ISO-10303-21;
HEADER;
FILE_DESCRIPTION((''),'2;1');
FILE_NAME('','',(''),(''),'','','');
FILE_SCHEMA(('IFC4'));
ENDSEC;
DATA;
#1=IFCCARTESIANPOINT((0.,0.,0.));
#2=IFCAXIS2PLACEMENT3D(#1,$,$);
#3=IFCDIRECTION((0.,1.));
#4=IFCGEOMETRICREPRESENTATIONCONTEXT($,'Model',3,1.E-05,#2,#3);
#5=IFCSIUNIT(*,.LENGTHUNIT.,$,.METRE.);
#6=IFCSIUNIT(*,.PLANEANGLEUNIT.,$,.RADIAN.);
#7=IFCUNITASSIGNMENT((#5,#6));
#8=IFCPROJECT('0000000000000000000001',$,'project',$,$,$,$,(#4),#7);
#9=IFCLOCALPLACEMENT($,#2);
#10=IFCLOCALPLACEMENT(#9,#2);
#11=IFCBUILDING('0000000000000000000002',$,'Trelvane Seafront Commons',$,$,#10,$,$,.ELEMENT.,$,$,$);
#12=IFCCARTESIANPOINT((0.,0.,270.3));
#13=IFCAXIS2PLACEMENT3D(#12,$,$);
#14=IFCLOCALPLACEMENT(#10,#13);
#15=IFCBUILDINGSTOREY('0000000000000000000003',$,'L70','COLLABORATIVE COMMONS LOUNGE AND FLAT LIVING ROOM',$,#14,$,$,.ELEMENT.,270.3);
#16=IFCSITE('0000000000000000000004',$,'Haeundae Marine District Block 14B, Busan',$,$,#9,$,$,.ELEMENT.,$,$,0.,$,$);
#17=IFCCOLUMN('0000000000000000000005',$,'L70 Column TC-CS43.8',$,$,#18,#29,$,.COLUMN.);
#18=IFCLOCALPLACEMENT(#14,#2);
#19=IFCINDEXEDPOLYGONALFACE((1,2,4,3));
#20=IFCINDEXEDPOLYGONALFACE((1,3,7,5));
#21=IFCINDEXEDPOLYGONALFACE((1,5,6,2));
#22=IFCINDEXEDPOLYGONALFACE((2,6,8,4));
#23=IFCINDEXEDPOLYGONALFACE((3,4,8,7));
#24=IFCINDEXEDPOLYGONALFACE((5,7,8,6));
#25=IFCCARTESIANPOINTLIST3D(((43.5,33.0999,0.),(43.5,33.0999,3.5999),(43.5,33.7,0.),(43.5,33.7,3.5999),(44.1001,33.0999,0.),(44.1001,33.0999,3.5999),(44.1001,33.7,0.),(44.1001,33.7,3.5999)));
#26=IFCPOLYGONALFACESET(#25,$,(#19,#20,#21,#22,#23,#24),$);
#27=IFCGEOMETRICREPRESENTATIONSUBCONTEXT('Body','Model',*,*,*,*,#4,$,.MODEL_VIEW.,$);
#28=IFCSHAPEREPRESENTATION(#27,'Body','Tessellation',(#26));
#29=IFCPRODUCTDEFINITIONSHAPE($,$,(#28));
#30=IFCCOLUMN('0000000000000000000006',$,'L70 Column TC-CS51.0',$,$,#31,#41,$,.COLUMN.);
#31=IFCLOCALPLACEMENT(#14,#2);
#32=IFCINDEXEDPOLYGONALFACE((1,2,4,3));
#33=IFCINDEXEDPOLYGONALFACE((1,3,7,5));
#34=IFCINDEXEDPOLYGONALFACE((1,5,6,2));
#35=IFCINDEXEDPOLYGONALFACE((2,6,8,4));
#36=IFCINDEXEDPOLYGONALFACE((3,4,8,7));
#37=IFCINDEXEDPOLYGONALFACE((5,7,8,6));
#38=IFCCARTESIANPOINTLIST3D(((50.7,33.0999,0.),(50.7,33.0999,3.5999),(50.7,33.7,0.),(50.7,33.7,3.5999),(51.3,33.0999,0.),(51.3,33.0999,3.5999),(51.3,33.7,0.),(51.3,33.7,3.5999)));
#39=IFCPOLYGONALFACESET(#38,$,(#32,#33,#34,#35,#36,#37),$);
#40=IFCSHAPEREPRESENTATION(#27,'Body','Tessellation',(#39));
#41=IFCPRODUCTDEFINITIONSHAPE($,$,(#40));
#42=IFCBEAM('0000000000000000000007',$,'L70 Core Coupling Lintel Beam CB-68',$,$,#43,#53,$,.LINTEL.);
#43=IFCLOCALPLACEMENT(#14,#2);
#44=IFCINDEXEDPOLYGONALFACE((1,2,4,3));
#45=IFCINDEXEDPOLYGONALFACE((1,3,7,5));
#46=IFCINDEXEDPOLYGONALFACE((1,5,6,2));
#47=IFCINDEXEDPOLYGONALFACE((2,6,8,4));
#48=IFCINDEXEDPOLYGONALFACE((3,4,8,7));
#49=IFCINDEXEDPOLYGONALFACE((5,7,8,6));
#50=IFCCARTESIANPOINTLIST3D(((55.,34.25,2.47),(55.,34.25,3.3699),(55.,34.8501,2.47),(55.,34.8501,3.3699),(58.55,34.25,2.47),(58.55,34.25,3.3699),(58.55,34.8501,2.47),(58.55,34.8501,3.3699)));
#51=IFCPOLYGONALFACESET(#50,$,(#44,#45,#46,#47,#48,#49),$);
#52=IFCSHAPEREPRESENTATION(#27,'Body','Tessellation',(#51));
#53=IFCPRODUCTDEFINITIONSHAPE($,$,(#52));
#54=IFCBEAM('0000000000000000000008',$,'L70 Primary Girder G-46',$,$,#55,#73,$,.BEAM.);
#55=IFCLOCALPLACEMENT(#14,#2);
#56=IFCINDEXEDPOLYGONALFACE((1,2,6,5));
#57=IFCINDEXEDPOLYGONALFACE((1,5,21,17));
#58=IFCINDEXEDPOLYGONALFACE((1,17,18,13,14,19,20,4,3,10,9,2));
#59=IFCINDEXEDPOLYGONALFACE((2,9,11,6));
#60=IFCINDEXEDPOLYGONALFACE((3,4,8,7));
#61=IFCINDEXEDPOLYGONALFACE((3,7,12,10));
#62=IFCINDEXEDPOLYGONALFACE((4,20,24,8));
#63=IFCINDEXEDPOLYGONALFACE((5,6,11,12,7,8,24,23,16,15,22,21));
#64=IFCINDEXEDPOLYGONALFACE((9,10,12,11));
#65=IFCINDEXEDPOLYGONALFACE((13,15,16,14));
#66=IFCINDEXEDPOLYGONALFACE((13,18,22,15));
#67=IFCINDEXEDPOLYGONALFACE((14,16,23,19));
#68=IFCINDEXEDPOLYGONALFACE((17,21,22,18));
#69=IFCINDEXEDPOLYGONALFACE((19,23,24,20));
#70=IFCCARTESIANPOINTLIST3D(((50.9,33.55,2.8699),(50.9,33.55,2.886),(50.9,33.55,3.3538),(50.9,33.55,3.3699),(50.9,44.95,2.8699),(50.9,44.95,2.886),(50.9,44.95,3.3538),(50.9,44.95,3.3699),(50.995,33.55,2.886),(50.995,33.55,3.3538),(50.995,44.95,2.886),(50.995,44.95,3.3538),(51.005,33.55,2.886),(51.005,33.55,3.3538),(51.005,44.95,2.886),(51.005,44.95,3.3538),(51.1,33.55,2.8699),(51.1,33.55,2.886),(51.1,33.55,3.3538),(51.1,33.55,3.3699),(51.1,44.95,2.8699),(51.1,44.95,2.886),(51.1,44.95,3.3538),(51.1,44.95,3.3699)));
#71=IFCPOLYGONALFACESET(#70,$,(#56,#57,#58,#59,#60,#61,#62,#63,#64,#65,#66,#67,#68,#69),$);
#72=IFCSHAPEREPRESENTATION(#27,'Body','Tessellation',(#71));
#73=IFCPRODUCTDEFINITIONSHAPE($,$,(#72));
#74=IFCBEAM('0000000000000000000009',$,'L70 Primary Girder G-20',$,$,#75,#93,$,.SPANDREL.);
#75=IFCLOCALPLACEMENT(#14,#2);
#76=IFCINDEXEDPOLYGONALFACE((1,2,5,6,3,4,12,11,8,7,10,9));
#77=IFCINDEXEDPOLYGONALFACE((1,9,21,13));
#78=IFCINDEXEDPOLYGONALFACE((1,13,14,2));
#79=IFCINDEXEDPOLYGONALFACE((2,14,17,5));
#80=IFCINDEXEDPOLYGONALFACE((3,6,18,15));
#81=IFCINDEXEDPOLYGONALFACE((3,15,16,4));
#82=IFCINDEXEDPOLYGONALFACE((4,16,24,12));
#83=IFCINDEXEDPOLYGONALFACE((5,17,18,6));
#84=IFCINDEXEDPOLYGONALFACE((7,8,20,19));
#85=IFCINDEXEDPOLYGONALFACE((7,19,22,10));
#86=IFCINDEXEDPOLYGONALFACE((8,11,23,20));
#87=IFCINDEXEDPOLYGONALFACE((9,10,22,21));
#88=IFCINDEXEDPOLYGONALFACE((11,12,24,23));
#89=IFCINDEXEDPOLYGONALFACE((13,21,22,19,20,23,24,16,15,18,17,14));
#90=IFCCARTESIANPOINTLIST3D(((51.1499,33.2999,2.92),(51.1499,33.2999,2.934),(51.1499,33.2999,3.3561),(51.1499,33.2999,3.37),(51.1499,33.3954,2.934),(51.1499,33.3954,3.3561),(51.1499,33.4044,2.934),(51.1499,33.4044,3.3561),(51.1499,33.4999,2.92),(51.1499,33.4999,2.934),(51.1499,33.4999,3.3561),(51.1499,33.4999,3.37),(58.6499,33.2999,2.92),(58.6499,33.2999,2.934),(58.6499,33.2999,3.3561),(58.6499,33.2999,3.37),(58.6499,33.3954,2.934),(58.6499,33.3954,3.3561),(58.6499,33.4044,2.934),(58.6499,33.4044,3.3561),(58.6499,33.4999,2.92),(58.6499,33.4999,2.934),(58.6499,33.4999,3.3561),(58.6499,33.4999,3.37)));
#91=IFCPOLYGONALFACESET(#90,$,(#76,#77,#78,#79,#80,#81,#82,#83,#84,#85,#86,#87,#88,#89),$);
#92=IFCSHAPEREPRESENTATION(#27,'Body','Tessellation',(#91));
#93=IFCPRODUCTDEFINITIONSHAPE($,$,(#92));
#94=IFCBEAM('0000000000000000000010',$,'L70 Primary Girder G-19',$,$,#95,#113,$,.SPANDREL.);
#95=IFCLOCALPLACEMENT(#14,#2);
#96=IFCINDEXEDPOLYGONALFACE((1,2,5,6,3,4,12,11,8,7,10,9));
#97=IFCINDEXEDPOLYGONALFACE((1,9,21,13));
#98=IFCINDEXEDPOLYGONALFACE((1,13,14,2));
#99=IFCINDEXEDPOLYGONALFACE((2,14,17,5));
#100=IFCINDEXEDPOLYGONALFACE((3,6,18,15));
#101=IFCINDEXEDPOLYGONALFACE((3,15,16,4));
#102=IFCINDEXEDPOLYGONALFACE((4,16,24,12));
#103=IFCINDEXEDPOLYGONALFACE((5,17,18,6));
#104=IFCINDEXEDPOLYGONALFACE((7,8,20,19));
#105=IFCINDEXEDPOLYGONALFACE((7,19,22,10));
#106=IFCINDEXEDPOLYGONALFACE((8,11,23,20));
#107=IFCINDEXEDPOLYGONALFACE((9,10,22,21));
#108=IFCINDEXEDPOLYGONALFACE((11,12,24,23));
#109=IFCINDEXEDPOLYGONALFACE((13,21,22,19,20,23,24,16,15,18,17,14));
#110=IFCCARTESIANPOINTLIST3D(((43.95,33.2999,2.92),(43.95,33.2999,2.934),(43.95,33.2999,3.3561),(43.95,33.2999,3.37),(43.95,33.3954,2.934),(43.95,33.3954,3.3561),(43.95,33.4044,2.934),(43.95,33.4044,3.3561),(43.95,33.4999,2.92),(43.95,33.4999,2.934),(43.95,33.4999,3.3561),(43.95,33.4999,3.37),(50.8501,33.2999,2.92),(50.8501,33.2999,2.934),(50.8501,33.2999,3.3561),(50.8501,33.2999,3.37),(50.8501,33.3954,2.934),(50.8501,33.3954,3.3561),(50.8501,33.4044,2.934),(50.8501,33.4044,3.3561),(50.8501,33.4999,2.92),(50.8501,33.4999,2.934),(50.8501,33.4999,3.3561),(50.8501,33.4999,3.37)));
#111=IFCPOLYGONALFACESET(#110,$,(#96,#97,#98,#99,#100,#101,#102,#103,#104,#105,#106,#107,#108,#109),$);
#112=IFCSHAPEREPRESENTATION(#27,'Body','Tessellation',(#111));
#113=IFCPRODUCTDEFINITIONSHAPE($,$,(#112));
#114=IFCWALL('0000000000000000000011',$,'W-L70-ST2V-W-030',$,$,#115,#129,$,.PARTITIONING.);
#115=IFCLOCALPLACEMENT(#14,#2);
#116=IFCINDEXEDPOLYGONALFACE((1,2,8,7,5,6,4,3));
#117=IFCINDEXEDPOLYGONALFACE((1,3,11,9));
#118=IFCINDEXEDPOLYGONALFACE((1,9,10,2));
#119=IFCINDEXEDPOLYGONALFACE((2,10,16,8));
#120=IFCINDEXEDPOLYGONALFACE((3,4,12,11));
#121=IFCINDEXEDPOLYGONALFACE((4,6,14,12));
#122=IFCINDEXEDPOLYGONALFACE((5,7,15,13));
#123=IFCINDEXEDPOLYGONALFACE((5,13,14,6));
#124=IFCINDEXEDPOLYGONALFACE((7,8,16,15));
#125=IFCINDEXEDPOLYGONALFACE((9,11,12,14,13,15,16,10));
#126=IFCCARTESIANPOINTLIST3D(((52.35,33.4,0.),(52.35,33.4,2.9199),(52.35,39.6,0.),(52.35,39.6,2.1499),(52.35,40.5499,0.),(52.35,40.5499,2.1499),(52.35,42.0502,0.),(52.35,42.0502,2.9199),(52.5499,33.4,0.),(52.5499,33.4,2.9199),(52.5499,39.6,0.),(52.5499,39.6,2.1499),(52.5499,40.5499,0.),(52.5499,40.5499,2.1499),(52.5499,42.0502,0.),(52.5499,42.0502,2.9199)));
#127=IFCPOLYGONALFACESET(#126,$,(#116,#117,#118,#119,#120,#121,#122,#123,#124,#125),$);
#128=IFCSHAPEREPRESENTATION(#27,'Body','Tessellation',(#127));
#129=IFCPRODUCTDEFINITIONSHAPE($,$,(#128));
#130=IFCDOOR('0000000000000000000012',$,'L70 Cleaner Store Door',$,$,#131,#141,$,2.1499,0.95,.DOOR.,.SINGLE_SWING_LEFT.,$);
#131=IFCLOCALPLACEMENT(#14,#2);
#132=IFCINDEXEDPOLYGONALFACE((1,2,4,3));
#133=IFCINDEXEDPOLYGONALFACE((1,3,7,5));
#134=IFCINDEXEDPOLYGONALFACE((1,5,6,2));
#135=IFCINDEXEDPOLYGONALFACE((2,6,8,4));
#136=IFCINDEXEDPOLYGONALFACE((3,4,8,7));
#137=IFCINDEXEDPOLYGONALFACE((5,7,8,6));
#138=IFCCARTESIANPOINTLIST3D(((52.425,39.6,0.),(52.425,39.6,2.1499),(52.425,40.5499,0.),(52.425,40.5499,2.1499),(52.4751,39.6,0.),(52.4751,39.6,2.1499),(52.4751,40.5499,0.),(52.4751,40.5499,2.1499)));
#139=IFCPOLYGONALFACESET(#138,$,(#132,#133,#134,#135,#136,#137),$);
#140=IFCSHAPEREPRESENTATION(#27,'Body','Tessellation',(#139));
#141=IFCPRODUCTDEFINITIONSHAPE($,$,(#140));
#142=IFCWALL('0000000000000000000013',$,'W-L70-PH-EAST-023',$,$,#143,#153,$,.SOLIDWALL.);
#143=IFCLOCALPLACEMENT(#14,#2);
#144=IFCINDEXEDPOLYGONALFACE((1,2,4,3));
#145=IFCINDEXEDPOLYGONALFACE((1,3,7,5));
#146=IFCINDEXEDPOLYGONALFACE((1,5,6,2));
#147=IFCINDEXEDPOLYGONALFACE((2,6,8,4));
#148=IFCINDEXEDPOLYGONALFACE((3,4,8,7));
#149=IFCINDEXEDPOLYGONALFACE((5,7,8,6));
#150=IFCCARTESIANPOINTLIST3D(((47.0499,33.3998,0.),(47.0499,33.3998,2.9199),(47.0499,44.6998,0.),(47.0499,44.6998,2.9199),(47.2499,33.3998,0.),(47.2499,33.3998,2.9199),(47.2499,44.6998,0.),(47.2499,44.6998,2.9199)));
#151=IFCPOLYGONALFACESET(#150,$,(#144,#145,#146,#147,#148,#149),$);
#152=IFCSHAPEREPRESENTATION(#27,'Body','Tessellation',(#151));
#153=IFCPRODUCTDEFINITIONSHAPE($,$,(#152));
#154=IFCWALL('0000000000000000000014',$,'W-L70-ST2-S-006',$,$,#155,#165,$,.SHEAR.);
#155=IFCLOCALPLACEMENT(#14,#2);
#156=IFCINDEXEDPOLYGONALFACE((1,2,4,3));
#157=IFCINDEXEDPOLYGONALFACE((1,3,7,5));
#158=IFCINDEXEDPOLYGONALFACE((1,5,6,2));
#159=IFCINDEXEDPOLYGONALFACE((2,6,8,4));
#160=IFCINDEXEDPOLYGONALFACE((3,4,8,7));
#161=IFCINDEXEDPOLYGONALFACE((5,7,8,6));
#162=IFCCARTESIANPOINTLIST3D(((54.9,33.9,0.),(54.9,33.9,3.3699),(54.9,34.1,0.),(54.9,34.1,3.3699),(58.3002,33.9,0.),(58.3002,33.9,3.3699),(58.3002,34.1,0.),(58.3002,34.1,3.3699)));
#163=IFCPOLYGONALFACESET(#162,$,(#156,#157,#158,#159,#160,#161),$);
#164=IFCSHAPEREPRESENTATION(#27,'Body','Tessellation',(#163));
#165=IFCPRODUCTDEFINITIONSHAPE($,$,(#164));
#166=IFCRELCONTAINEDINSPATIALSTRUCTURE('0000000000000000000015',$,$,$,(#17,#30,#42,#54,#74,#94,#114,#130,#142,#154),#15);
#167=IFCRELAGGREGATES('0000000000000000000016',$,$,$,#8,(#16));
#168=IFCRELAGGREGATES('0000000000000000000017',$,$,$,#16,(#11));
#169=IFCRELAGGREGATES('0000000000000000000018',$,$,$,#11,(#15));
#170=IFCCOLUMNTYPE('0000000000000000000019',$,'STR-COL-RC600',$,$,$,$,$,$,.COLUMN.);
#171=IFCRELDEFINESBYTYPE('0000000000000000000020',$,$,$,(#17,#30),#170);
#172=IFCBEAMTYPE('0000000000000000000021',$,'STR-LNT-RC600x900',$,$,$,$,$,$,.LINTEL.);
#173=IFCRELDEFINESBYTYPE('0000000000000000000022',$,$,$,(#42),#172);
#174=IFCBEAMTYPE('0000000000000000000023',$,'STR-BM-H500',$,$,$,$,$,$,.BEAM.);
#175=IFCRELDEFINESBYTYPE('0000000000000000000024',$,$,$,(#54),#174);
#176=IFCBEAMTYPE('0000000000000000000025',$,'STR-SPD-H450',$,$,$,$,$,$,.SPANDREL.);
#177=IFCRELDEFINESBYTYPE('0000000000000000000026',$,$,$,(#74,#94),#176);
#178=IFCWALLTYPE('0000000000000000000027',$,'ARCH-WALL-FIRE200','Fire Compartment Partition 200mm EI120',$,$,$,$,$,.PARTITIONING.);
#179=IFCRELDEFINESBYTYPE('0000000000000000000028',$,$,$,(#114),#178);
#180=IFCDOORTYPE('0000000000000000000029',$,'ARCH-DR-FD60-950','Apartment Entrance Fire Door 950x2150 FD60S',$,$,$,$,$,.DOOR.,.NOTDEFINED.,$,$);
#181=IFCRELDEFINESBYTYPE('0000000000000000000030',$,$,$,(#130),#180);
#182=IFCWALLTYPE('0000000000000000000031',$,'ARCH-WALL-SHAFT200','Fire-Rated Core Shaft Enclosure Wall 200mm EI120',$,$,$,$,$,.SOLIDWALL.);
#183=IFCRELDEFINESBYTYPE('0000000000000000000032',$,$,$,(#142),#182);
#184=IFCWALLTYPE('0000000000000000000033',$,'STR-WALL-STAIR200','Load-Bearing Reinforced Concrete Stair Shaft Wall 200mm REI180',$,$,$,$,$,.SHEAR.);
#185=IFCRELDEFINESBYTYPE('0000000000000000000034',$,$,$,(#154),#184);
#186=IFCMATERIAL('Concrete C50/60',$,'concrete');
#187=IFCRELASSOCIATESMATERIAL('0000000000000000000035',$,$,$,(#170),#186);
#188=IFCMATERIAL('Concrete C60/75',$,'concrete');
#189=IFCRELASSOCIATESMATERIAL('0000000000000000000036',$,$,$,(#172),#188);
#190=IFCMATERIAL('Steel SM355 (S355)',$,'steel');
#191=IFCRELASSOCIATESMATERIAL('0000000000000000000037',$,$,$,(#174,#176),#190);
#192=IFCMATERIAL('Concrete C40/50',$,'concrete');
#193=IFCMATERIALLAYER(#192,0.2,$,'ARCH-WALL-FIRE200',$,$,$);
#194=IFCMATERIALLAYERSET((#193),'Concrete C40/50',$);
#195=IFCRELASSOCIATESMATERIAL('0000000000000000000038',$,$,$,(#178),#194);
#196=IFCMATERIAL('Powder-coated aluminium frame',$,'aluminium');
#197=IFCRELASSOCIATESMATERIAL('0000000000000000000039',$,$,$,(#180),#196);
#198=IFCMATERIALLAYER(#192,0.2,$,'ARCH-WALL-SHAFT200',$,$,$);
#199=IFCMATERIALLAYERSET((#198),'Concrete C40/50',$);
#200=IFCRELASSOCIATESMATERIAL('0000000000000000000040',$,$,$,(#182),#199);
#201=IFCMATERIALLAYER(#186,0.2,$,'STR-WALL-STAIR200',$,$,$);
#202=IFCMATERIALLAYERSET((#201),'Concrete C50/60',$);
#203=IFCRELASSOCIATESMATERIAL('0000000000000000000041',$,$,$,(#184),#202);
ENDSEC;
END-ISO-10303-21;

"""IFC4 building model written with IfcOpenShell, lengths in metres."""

from ifc_helpers import new_model, si_unit, direction, frame, frame_2d, origin, origin_2d, place, context, subcontext, project, spatial, rectangle, i_section, extrude, source, transform, mapped, material, layer, layer_set, material_profile, profile_set, type_object, element, fill, save


model = new_model("IFC4")

# Units and contexts
model_context = context("Model", 3, precision=1e-05, world=origin(), true_north=direction((0.0, 1.0)))
body_context = subcontext(model_context, "Body", "Model", "MODEL_VIEW")
ifc_project = project(units=[si_unit("LENGTHUNIT", "METRE"), si_unit("PLANEANGLEUNIT", "RADIAN")], contexts=[model_context])

# Site, building, storey
site_placement = place(None, origin())
site = spatial("IfcSite", under=ifc_project, at=site_placement, Name="Haeundae Marine District Block 14B, Busan", CompositionType="ELEMENT", RefElevation=0.0)
building_placement = place(site_placement, origin())
building = spatial("IfcBuilding", under=site, at=building_placement, Name="Trelvane Seafront Commons", CompositionType="ELEMENT")
storey_placement = place(building_placement, frame((0.0, 0.0, 270.3)))
storey = spatial("IfcBuildingStorey", under=building, at=storey_placement, Name="L70", Description="COLLABORATIVE COMMONS LOUNGE AND FLAT LIVING ROOM", CompositionType="ELEMENT", Elevation=270.3)

# Columns
ifc_material_1 = material(Name="Concrete C50/60", Category="concrete")
ifc_material_profile_1 = material_profile(ifc_material_1, rectangle(XDim=0.6001, YDim=0.6001, at=origin_2d()), Name="RC-600x600")
ifc_profile_set_1 = profile_set([ifc_material_profile_1], Name="Concrete C50/60")
column_type = type_object("IfcColumnType", Name="STR-COL-RC600", PredefinedType="COLUMN", material=ifc_profile_set_1)
shared_shape_1 = source(origin(), body_context, "Body", "SweptSolid", [
    extrude(rectangle(XDim=0.6001, YDim=0.6001, at=origin_2d()), origin(), (0.0, 0.0, 1.0), 3.5999),
])
for number, where, z_axis, x_axis, name in (
    (1, (43.8, 33.3999, 0.0), (0.0, 0.0, 1.0), (1.0, 0.0, 0.0), "L70 Column TC-CS43.8"),
    (2, (51.0, 33.3999, 0.0), (0.0, 0.0, 1.0), (1.0, 0.0, 0.0), "L70 Column TC-CS51.0"),
):
    element("IfcColumn", number, at=place(storey_placement, frame(where, z_axis=z_axis, x_axis=x_axis)), inside=storey, type_object=column_type, Name=name, PredefinedType="COLUMN", context=body_context, shape_type="MappedRepresentation", body=[
        mapped(shared_shape_1, transform((0.0, 0.0, 0.0), x_axis=(1.0, 0.0, 0.0), y_axis=(0.0, 1.0, 0.0), z_axis=(0.0, 0.0, 1.0), scale=1.0)),
    ])

# Beams
ifc_material_2 = material(Name="Concrete C60/75", Category="concrete")
ifc_material_profile_2 = material_profile(ifc_material_2, rectangle(XDim=0.6001, YDim=0.8999, at=origin_2d()), Name="RC-600x900")
ifc_profile_set_2 = profile_set([ifc_material_profile_2], Name="Concrete C60/75")
beam_type_1 = type_object("IfcBeamType", Name="STR-LNT-RC600x900", PredefinedType="LINTEL", material=ifc_profile_set_2)
shared_shape_2 = source(origin(), body_context, "Body", "SweptSolid", [
    extrude(rectangle(XDim=0.6001, YDim=0.8999, at=origin_2d()), origin(), (0.0, 0.0, 1.0), 3.55),
])
beam_1_placement = place(storey_placement, frame((55.0, 34.55, 2.9199), z_axis=(1.0, 0.0, 0.0), x_axis=(0.0, 1.0, 0.0)))
element("IfcBeam", 3, at=beam_1_placement, inside=storey, type_object=beam_type_1, Name="L70 Core Coupling Lintel Beam CB-68", PredefinedType="LINTEL", context=body_context, shape_type="MappedRepresentation", body=[
    mapped(shared_shape_2, transform((0.0, 0.0, 0.0), x_axis=(1.0, 0.0, 0.0), y_axis=(0.0, 1.0, 0.0), z_axis=(0.0, 0.0, 1.0), scale=1.0)),
])
ifc_material_3 = material(Name="Steel SM355 (S355)", Category="steel")
ifc_material_profile_3 = material_profile(ifc_material_3, i_section(OverallWidth=0.2, OverallDepth=0.5, WebThickness=0.01, FlangeThickness=0.0161, at=origin_2d()), Name="H-500x200x10x16")
ifc_profile_set_3 = profile_set([ifc_material_profile_3], Name="Steel SM355 (S355)")
beam_type_2 = type_object("IfcBeamType", Name="STR-BM-H500", PredefinedType="BEAM", material=ifc_profile_set_3)
shared_shape_3 = source(origin(), body_context, "Body", "SweptSolid", [
    extrude(i_section(OverallWidth=0.2, OverallDepth=0.5, WebThickness=0.01, FlangeThickness=0.0161, at=origin_2d()), origin(), (0.0, 0.0, 1.0), 11.3999),
])
beam_2_placement = place(storey_placement, frame((51.0, 33.55, 3.1199), z_axis=(0.0, 1.0, 0.0), x_axis=(-1.0, 0.0, 0.0)))
element("IfcBeam", 4, at=beam_2_placement, inside=storey, type_object=beam_type_2, Name="L70 Primary Girder G-46", PredefinedType="BEAM", context=body_context, shape_type="MappedRepresentation", body=[
    mapped(shared_shape_3, transform((0.0, 0.0, 0.0), x_axis=(1.0, 0.0, 0.0), y_axis=(0.0, 1.0, 0.0), z_axis=(0.0, 0.0, 1.0), scale=1.0)),
])
ifc_material_profile_4 = material_profile(ifc_material_3, i_section(OverallWidth=0.2, OverallDepth=0.45, WebThickness=0.009, FlangeThickness=0.0139, at=origin_2d()), Name="H-450x200x9x14")
ifc_profile_set_4 = profile_set([ifc_material_profile_4], Name="Steel SM355 (S355)")
beam_type_3 = type_object("IfcBeamType", Name="STR-SPD-H450", PredefinedType="SPANDREL", material=ifc_profile_set_4)
shared_shape_4 = source(origin(), body_context, "Body", "SweptSolid", [
    extrude(i_section(OverallWidth=0.2, OverallDepth=0.45, WebThickness=0.009, FlangeThickness=0.0139, at=origin_2d()), origin(), (0.0, 0.0, 1.0), 7.5),
])
beam_3_placement = place(storey_placement, frame((51.1499, 33.3999, 3.145), z_axis=(1.0, 0.0, 0.0), x_axis=(0.0, 1.0, 0.0)))
element("IfcBeam", 5, at=beam_3_placement, inside=storey, type_object=beam_type_3, Name="L70 Primary Girder G-20", PredefinedType="SPANDREL", context=body_context, shape_type="MappedRepresentation", body=[
    mapped(shared_shape_4, transform((0.0, 0.0, 0.0), x_axis=(1.0, 0.0, 0.0), y_axis=(0.0, 1.0, 0.0), z_axis=(0.0, 0.0, 1.0), scale=1.0)),
])
shared_shape_5 = source(origin(), body_context, "Body", "SweptSolid", [
    extrude(i_section(OverallWidth=0.2, OverallDepth=0.45, WebThickness=0.009, FlangeThickness=0.0139, at=origin_2d()), origin(), (0.0, 0.0, 1.0), 6.9001),
])
beam_4_placement = place(storey_placement, frame((43.95, 33.3999, 3.145), z_axis=(1.0, 0.0, 0.0), x_axis=(0.0, 1.0, 0.0)))
element("IfcBeam", 6, at=beam_4_placement, inside=storey, type_object=beam_type_3, Name="L70 Primary Girder G-19", PredefinedType="SPANDREL", context=body_context, shape_type="MappedRepresentation", body=[
    mapped(shared_shape_5, transform((0.0, 0.0, 0.0), x_axis=(1.0, 0.0, 0.0), y_axis=(0.0, 1.0, 0.0), z_axis=(0.0, 0.0, 1.0), scale=1.0)),
])

# Wall, opening, door
ifc_material_4 = material(Name="Concrete C40/50", Category="concrete")
ifc_layer_1 = layer(ifc_material_4, 0.2, Name="ARCH-WALL-FIRE200")
ifc_layer_set_1 = layer_set([ifc_layer_1], Name="Concrete C40/50")
wall_type_1 = type_object("IfcWallType", Name="ARCH-WALL-FIRE200", Description="Fire Compartment Partition 200mm EI120", PredefinedType="PARTITIONING", material=ifc_layer_set_1)
wall_1_placement = place(storey_placement, frame((52.45, 33.3999, 0.0), z_axis=(0.0, 0.0, 1.0), x_axis=(0.0, 1.0, 0.0)))
wall_1 = element("IfcWall", 7, at=wall_1_placement, inside=storey, type_object=wall_type_1, Name="W-L70-ST2V-W-030", PredefinedType="PARTITIONING", context=body_context, shape_type="SweptSolid", body=[
    extrude(rectangle(XDim=8.6501, YDim=0.2, at=frame_2d((4.3252, 0.0))), origin(), (0.0, 0.0, 1.0), 2.9199),
])
opening_1_placement = place(wall_1_placement, frame((6.2, 0.0, 0.0)))
opening_1 = element("IfcOpeningElement", 8, at=opening_1_placement, cuts=wall_1, PredefinedType="OPENING", context=body_context, shape_type="SweptSolid", body=[
    extrude(rectangle(XDim=0.95, YDim=2.1499, at=frame_2d((0.4751, 1.075))), frame((0.0, 0.1099, 0.0), z_axis=(0.0, -1.0, 0.0), x_axis=(1.0, 0.0, 0.0)), (0.0, 0.0, 1.0), 0.22),
])
ifc_material_5 = material(Name="Powder-coated aluminium frame", Category="aluminium")
door_type_1 = type_object("IfcDoorType", Name="ARCH-DR-FD60-950", Description="Apartment Entrance Fire Door 950x2150 FD60S", OperationType="NOTDEFINED", PredefinedType="DOOR", material=ifc_material_5)
shared_shape_6 = source(origin(), body_context, "Body", "SweptSolid", [
    extrude(rectangle(XDim=0.95, YDim=2.1499, at=frame_2d((0.4751, 1.075))), frame((0.0, 0.0249, 0.0), z_axis=(0.0, -1.0, 0.0), x_axis=(1.0, 0.0, 0.0)), (0.0, 0.0, 1.0), 0.05),
])
door_1_placement = place(opening_1_placement, origin())
door_1 = element("IfcDoor", 9, at=door_1_placement, inside=storey, type_object=door_type_1, Name="L70 Cleaner Store Door", OperationType="SINGLE_SWING_LEFT", OverallHeight=2.1499, OverallWidth=0.95, PredefinedType="DOOR", context=body_context, shape_type="MappedRepresentation", body=[
    mapped(shared_shape_6, transform((0.0, 0.0, 0.0), x_axis=(1.0, 0.0, 0.0), y_axis=(0.0, 1.0, 0.0), z_axis=(0.0, 0.0, 1.0), scale=1.0)),
])
fill(opening_1, door_1)

# Walls
ifc_layer_2 = layer(ifc_material_4, 0.2, Name="ARCH-WALL-SHAFT200")
ifc_layer_set_2 = layer_set([ifc_layer_2], Name="Concrete C40/50")
wall_type_2 = type_object("IfcWallType", Name="ARCH-WALL-SHAFT200", Description="Fire-Rated Core Shaft Enclosure Wall 200mm EI120", PredefinedType="SOLIDWALL", material=ifc_layer_set_2)
wall_2_placement = place(storey_placement, frame((47.1499, 33.3999, 0.0), z_axis=(0.0, 0.0, 1.0), x_axis=(0.0, 1.0, 0.0)))
element("IfcWall", 10, at=wall_2_placement, inside=storey, type_object=wall_type_2, Name="W-L70-PH-EAST-023", PredefinedType="SOLIDWALL", context=body_context, shape_type="SweptSolid", body=[
    extrude(rectangle(XDim=11.3, YDim=0.2, at=frame_2d((5.6499, 0.0))), origin(), (0.0, 0.0, 1.0), 2.9199),
])
ifc_layer_3 = layer(ifc_material_1, 0.2, Name="STR-WALL-STAIR200")
ifc_layer_set_3 = layer_set([ifc_layer_3], Name="Concrete C50/60")
wall_type_3 = type_object("IfcWallType", Name="STR-WALL-STAIR200", Description="Load-Bearing Reinforced Concrete Stair Shaft Wall 200mm REI180", PredefinedType="SHEAR", material=ifc_layer_set_3)
wall_3_placement = place(storey_placement, frame((54.8999, 34.0, 0.0), z_axis=(0.0, 0.0, 1.0), x_axis=(1.0, 0.0, 0.0)))
element("IfcWall", 11, at=wall_3_placement, inside=storey, type_object=wall_type_3, Name="W-L70-ST2-S-006", PredefinedType="SHEAR", context=body_context, shape_type="SweptSolid", body=[
    extrude(rectangle(XDim=3.4001, YDim=0.2, at=frame_2d((1.7002, 0.0))), origin(), (0.0, 0.0, 1.0), 3.3699),
])

save(model, "model.ifc")
